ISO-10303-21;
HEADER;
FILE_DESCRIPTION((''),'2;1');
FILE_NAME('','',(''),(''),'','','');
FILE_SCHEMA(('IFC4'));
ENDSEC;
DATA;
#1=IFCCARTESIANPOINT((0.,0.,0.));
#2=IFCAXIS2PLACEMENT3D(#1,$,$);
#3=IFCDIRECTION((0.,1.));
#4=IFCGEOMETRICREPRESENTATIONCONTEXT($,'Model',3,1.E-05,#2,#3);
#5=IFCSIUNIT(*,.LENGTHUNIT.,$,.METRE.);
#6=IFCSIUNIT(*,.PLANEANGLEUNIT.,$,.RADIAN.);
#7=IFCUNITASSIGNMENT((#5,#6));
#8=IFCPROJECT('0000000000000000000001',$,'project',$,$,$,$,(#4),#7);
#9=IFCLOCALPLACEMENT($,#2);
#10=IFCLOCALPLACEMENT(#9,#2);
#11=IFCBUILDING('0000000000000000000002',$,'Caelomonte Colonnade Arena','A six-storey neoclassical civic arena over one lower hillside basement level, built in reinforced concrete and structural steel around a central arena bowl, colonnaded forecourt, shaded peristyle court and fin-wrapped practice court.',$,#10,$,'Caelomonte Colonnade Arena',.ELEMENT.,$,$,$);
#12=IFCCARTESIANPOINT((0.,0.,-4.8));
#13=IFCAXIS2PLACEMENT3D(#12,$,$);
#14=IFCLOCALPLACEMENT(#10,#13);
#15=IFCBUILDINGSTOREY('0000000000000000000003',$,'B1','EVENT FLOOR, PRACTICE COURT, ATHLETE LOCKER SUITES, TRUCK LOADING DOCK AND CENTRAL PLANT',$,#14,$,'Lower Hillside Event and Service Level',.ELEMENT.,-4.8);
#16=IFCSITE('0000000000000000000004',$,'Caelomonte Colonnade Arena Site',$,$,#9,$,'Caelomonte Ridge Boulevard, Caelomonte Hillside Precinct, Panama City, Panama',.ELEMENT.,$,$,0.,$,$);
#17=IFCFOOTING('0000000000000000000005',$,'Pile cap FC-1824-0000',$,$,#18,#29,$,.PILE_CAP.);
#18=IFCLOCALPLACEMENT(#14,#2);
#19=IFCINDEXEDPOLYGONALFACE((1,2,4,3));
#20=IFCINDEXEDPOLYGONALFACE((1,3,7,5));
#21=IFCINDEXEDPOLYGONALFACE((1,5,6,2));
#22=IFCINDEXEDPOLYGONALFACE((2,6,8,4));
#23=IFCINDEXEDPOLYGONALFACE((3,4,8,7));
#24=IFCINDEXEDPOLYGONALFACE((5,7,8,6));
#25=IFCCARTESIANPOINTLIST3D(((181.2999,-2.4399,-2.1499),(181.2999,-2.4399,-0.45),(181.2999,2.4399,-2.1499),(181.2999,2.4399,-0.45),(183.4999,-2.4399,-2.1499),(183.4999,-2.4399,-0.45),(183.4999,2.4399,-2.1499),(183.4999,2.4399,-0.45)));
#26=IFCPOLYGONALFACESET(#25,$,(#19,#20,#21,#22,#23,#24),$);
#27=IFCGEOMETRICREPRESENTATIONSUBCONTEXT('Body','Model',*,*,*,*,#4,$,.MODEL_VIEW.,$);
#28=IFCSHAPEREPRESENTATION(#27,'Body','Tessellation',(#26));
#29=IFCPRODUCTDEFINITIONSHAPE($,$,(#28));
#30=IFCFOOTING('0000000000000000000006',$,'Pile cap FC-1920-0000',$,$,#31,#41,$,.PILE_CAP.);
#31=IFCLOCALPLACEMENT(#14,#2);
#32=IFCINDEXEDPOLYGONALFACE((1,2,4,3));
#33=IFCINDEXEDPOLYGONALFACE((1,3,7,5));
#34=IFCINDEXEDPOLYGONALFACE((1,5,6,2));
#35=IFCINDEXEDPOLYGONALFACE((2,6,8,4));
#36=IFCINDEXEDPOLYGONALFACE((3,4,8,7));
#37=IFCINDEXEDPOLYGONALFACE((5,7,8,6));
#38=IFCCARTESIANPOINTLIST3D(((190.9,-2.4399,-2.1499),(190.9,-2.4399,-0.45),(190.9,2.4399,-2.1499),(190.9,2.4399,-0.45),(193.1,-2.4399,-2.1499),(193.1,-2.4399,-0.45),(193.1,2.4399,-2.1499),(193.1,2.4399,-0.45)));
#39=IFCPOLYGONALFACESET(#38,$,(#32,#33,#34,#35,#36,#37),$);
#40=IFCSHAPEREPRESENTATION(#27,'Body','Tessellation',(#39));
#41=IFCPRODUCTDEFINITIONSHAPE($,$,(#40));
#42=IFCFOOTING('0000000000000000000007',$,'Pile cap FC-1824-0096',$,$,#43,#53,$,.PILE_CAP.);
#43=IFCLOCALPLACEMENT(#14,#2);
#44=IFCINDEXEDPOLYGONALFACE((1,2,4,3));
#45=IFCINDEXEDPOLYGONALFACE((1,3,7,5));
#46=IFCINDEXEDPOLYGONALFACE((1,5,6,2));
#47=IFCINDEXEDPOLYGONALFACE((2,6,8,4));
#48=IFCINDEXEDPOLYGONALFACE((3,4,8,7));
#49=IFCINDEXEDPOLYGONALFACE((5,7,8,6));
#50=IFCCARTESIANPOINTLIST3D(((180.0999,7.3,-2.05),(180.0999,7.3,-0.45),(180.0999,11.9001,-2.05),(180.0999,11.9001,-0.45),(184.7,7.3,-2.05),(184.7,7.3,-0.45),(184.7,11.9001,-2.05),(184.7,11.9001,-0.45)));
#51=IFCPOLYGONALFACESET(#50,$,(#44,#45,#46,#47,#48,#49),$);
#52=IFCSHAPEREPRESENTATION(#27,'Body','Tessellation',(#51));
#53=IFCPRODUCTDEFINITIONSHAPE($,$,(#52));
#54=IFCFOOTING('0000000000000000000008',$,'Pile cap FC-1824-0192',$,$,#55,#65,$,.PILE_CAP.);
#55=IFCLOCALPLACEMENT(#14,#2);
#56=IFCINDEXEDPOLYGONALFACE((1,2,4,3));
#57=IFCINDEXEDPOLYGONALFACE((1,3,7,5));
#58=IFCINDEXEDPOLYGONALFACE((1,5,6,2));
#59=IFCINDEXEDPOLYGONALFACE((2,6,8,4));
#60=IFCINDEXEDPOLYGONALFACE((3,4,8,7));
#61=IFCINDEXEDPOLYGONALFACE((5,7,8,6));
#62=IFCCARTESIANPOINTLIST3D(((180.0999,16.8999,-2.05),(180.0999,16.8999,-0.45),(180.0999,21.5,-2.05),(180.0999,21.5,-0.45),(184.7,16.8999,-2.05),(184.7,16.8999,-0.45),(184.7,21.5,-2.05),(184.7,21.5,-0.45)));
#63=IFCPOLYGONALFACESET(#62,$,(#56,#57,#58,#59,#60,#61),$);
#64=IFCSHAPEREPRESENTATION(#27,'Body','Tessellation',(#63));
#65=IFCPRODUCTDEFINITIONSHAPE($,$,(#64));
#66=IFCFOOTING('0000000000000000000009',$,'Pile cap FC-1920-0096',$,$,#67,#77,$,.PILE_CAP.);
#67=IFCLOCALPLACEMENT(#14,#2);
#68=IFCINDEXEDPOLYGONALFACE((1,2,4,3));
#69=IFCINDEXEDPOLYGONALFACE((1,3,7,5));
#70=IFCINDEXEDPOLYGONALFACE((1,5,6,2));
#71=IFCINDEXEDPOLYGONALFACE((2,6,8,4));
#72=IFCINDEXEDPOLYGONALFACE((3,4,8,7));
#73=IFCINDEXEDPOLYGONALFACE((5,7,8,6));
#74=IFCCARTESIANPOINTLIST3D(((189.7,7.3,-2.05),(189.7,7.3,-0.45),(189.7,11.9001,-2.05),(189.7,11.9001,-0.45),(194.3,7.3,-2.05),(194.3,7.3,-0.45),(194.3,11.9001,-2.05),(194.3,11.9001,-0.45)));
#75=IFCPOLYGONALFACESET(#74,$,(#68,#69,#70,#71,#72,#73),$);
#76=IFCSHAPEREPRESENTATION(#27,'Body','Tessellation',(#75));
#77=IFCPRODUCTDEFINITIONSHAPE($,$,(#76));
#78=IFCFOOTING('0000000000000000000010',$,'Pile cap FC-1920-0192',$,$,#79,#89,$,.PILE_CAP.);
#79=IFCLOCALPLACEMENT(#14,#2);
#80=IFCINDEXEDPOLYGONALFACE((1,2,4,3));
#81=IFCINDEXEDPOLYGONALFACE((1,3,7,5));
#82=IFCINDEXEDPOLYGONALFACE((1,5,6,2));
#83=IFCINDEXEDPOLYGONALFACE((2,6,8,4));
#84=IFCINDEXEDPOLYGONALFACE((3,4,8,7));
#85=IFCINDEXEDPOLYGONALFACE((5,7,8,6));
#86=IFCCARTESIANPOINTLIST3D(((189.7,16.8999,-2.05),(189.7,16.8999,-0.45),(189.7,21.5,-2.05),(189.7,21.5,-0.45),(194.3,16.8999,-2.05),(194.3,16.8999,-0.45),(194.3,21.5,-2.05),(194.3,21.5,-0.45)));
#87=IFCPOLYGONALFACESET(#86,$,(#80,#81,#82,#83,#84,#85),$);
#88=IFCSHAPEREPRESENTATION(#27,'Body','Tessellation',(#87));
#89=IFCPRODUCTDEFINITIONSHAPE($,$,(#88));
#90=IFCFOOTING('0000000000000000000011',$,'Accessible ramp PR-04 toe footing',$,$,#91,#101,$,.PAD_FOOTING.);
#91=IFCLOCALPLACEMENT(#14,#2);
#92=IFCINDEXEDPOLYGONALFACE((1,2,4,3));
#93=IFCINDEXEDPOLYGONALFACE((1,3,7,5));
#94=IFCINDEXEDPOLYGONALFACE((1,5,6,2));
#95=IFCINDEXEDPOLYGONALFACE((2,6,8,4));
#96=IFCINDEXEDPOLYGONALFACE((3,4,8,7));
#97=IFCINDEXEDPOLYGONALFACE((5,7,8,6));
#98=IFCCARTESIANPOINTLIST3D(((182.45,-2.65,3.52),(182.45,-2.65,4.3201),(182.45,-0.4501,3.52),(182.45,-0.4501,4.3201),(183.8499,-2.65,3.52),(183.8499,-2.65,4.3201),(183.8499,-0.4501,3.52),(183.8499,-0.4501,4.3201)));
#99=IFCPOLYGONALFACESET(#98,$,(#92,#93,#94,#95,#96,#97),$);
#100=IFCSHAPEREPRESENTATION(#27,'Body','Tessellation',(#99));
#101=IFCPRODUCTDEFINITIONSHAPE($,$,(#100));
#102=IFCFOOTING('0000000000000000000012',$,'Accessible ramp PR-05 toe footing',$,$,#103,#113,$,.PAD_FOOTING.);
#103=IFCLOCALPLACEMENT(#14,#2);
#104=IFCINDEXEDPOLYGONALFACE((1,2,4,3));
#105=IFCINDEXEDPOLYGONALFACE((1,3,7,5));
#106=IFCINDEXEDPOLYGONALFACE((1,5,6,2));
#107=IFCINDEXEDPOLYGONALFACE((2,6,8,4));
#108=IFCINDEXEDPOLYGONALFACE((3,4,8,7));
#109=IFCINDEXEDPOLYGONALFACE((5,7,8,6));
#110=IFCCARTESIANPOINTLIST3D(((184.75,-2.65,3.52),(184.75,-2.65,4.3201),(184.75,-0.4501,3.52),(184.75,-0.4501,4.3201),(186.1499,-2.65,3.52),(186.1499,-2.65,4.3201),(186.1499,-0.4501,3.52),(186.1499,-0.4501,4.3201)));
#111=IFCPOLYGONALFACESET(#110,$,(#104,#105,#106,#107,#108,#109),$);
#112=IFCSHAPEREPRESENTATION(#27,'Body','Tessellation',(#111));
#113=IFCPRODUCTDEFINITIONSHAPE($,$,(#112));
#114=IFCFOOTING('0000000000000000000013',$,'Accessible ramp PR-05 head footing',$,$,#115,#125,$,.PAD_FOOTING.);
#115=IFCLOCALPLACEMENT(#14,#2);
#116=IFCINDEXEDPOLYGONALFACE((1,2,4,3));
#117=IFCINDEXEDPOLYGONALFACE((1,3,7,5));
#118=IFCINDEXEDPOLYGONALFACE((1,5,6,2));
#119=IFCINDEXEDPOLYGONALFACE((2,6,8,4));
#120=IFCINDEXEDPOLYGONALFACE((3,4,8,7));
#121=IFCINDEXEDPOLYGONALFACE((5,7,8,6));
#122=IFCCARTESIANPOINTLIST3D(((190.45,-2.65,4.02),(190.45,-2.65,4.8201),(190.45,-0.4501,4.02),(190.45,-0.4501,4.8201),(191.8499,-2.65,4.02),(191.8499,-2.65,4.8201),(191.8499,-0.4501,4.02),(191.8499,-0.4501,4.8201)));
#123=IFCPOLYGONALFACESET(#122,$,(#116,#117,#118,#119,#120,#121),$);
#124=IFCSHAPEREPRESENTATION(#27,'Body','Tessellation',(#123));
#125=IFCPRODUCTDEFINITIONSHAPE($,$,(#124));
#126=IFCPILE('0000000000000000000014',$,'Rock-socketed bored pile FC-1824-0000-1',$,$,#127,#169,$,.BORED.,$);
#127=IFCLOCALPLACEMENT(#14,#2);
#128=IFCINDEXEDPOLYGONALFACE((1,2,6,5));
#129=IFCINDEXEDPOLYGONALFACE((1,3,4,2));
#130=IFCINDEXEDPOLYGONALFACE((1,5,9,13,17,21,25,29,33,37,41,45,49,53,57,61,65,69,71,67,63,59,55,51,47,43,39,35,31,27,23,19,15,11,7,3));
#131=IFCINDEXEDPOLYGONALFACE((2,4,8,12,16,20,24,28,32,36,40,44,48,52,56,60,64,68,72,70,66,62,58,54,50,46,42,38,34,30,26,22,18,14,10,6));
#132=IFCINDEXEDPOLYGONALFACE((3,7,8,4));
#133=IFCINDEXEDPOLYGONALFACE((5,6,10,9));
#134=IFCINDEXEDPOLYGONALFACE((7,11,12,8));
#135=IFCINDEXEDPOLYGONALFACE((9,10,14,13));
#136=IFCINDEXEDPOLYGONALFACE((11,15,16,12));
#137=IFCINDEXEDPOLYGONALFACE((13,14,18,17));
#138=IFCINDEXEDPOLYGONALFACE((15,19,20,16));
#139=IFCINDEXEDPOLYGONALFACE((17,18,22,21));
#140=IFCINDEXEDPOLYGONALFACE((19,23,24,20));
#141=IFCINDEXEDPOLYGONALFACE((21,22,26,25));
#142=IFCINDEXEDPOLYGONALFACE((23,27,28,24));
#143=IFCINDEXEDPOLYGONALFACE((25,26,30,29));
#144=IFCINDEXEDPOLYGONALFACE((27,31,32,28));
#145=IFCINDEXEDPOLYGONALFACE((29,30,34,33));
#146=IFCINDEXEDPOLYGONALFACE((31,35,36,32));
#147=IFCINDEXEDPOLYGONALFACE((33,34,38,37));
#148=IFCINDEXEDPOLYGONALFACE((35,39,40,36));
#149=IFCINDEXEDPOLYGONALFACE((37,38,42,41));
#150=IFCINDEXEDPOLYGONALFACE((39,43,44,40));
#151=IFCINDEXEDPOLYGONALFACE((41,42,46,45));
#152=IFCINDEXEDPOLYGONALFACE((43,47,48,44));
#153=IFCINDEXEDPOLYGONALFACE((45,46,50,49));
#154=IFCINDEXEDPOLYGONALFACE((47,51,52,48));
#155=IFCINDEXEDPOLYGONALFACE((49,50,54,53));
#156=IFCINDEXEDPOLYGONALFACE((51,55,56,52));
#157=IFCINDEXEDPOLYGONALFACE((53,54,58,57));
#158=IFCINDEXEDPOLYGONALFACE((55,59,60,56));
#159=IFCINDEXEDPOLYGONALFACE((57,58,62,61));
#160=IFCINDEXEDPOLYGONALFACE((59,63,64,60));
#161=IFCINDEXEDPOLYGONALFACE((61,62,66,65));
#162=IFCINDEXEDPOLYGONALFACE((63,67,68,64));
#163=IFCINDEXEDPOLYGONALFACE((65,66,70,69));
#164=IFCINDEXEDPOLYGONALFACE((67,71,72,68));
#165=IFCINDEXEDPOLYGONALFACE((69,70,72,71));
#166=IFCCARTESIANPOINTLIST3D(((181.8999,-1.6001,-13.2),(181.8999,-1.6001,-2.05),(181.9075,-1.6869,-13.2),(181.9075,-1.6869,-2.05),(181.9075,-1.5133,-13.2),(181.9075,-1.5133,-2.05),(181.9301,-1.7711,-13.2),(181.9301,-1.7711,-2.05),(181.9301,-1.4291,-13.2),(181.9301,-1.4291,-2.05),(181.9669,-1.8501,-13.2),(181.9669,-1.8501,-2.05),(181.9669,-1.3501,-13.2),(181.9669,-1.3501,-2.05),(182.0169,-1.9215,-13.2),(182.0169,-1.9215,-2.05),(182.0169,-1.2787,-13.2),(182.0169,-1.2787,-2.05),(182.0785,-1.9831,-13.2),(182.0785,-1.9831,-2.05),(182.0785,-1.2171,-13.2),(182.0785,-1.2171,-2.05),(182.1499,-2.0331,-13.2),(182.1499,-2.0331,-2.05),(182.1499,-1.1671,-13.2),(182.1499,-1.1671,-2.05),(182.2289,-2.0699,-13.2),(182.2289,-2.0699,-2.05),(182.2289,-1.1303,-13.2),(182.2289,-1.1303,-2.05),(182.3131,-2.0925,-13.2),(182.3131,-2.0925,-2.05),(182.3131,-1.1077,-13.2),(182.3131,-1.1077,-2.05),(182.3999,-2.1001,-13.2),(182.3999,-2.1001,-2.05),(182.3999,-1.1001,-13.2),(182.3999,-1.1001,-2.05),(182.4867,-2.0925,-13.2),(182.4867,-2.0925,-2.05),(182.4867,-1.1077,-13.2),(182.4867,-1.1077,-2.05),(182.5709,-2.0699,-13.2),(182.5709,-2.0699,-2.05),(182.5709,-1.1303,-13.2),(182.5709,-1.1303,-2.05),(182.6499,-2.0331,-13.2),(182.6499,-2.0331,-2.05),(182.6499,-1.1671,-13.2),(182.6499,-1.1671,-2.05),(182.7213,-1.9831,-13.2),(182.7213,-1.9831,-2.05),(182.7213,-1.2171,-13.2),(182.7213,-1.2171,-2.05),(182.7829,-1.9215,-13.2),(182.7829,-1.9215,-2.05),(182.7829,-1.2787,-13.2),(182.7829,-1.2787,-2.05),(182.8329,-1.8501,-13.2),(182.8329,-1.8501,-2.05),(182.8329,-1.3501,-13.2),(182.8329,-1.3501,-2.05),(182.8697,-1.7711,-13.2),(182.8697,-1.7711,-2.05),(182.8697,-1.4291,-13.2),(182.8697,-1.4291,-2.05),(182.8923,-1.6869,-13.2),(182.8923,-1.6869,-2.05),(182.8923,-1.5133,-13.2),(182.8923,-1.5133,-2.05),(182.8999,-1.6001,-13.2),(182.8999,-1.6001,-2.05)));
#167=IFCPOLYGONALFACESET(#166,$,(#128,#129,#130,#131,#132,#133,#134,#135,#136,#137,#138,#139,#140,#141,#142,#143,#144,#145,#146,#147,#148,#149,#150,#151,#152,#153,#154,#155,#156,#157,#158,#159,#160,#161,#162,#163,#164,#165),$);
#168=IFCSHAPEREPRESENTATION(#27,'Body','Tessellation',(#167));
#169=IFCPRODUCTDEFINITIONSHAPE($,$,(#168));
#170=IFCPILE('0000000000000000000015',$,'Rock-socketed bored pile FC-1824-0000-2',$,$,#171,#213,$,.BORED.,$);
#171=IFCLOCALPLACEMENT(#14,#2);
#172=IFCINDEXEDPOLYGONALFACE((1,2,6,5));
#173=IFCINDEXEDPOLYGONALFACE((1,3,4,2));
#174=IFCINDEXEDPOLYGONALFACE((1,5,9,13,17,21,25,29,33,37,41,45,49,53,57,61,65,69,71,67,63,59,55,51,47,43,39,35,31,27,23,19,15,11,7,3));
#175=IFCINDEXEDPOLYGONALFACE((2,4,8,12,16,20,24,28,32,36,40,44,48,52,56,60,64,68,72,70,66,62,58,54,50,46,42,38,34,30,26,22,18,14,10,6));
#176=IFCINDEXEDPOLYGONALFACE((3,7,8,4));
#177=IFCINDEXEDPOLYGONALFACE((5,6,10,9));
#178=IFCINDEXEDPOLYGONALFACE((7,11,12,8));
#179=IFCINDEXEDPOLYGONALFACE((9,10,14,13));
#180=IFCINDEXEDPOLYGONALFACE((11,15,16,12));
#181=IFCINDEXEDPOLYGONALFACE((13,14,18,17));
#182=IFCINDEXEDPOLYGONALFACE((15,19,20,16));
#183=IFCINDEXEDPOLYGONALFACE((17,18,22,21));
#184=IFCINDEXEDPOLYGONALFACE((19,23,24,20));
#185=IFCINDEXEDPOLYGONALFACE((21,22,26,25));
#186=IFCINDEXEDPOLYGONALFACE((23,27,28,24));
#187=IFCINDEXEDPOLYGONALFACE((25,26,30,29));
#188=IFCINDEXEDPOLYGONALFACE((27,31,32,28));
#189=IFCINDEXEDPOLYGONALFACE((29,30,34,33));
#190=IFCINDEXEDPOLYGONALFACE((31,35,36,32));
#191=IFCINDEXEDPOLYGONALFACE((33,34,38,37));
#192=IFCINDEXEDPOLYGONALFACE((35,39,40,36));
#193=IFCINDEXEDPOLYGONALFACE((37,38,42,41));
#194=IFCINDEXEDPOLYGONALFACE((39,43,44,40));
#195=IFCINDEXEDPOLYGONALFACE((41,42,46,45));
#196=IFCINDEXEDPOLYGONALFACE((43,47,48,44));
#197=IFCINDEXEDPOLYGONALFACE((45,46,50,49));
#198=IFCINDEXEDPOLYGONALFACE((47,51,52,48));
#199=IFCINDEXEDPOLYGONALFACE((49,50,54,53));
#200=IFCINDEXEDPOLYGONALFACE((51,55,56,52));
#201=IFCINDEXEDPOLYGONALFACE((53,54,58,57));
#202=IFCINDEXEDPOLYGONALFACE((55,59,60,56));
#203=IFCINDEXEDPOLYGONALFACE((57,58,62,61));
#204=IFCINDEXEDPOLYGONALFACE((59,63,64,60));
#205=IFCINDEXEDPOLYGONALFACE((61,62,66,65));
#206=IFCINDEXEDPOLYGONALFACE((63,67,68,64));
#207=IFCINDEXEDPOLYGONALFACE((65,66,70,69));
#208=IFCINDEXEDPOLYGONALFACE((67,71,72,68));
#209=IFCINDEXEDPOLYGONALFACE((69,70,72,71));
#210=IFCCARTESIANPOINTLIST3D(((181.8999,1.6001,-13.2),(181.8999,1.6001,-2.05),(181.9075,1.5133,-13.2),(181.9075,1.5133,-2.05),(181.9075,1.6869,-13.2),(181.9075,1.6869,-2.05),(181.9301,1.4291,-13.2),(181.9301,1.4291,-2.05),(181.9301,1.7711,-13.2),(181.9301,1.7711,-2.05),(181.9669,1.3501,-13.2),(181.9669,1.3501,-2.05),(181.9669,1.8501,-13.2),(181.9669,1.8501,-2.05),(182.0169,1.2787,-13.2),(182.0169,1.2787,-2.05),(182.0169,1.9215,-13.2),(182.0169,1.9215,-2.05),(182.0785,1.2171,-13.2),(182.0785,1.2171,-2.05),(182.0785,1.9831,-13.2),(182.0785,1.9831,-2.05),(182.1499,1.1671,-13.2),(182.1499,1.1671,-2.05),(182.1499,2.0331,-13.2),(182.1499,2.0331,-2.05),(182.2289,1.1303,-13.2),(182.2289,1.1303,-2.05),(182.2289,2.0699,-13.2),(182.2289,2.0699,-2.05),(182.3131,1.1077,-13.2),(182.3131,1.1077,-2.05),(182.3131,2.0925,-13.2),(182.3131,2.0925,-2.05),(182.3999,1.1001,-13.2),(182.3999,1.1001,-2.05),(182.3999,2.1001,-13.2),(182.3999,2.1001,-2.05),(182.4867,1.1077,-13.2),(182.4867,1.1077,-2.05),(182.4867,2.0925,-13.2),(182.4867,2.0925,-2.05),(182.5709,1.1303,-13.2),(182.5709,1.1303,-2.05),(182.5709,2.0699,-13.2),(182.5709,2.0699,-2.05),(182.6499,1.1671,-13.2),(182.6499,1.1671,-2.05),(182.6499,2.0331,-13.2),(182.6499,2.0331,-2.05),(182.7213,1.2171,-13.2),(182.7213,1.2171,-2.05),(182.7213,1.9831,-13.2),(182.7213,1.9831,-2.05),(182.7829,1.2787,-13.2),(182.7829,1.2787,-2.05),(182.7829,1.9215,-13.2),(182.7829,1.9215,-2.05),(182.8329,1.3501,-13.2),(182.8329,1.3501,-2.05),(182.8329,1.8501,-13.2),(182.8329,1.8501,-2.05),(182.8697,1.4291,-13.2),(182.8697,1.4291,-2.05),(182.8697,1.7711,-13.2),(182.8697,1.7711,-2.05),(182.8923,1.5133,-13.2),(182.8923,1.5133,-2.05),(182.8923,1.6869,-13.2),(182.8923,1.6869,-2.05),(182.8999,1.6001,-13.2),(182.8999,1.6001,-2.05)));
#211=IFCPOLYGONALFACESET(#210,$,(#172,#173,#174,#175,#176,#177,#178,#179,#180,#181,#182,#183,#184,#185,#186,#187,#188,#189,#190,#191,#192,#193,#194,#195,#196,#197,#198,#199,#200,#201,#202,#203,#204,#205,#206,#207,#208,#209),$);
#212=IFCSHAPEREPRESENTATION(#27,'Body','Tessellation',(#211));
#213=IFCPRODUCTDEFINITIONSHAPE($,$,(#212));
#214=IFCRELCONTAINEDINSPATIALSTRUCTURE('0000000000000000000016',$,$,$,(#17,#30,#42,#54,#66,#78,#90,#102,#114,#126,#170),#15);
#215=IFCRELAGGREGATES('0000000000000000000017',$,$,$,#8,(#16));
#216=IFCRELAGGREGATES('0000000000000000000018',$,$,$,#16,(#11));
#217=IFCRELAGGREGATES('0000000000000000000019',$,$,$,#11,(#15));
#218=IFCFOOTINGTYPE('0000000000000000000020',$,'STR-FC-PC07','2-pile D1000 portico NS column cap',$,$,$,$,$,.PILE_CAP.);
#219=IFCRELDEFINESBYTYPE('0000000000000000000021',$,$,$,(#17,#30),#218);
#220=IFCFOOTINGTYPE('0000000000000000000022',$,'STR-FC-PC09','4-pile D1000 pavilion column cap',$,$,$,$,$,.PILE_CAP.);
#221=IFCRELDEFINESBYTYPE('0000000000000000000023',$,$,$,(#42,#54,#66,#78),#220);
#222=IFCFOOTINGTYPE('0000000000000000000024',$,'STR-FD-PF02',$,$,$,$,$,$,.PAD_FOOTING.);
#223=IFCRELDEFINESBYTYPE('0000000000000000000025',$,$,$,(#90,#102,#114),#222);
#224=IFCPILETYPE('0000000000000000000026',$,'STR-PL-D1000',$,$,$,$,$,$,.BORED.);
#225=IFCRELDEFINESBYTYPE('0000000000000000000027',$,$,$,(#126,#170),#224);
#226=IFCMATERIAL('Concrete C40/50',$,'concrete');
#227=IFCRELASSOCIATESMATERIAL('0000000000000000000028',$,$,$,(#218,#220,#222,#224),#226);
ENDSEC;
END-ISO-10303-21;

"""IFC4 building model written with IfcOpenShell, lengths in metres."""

from ifc_helpers import new_model, si_unit, direction, frame, origin, origin_2d, place, context, subcontext, project, spatial, rectangle, circle, extrude, material, material_profile, profile_set, type_object, element, save


model = new_model("IFC4")

# Units and contexts
model_context = context("Model", 3, precision=1e-05, world=origin(), true_north=direction((0.0, 1.0)))
body_context = subcontext(model_context, "Body", "Model", "MODEL_VIEW")
ifc_project = project(units=[si_unit("LENGTHUNIT", "METRE"), si_unit("PLANEANGLEUNIT", "RADIAN")], contexts=[model_context])

# Site, building, storey
site_placement = place(None, origin())
site = spatial("IfcSite", under=ifc_project, at=site_placement, Name="Caelomonte Colonnade Arena Site", LongName="Caelomonte Ridge Boulevard, Caelomonte Hillside Precinct, Panama City, Panama", CompositionType="ELEMENT", RefElevation=0.0)
building_placement = place(site_placement, origin())
building = spatial("IfcBuilding", under=site, at=building_placement, Name="Caelomonte Colonnade Arena", Description="A six-storey neoclassical civic arena over one lower hillside basement level, built in reinforced concrete and structural steel around a central arena bowl, colonnaded forecourt, shaded peristyle court and fin-wrapped practice court.", LongName="Caelomonte Colonnade Arena", CompositionType="ELEMENT")
storey_placement = place(building_placement, frame((0.0, 0.0, -4.8)))
storey = spatial("IfcBuildingStorey", under=building, at=storey_placement, Name="B1", Description="EVENT FLOOR, PRACTICE COURT, ATHLETE LOCKER SUITES, TRUCK LOADING DOCK AND CENTRAL PLANT", LongName="Lower Hillside Event and Service Level", CompositionType="ELEMENT", Elevation=-4.8)

# Footings
ifc_material_1 = material(Name="Concrete C40/50", Category="concrete")
footing_type_1 = type_object("IfcFootingType", Name="STR-FC-PC07", Description="2-pile D1000 portico NS column cap", PredefinedType="PILE_CAP", material=ifc_material_1)
for number, where, z_axis, x_axis, name in (
    (1, (182.3999, 0.0, -2.1499), (0.0, 0.0, 1.0), (1.0, 0.0, 0.0), "Pile cap FC-1824-0000"),
    (2, (192.0, 0.0, -2.1499), (0.0, 0.0, 1.0), (1.0, 0.0, 0.0), "Pile cap FC-1920-0000"),
):
    element("IfcFooting", number, at=place(storey_placement, frame(where, z_axis=z_axis, x_axis=x_axis)), inside=storey, type_object=footing_type_1, Name=name, PredefinedType="PILE_CAP", context=body_context, shape_type="SweptSolid", body=[
        extrude(rectangle(XDim=2.2, YDim=4.8799, at=origin_2d()), origin(), (0.0, 0.0, 1.0), 1.7),
    ])
footing_type_2 = type_object("IfcFootingType", Name="STR-FC-PC09", Description="4-pile D1000 pavilion column cap", PredefinedType="PILE_CAP", material=ifc_material_1)
for number, where, z_axis, x_axis, name in (
    (3, (182.3999, 9.6001, -2.05), (0.0, 0.0, 1.0), (1.0, 0.0, 0.0), "Pile cap FC-1824-0096"),
    (4, (182.3999, 19.2, -2.05), (0.0, 0.0, 1.0), (1.0, 0.0, 0.0), "Pile cap FC-1824-0192"),
    (5, (192.0, 9.6001, -2.05), (0.0, 0.0, 1.0), (1.0, 0.0, 0.0), "Pile cap FC-1920-0096"),
    (6, (192.0, 19.2, -2.05), (0.0, 0.0, 1.0), (1.0, 0.0, 0.0), "Pile cap FC-1920-0192"),
):
    element("IfcFooting", number, at=place(storey_placement, frame(where, z_axis=z_axis, x_axis=x_axis)), inside=storey, type_object=footing_type_2, Name=name, PredefinedType="PILE_CAP", context=body_context, shape_type="SweptSolid", body=[
        extrude(rectangle(XDim=4.6001, YDim=4.6001, at=origin_2d()), origin(), (0.0, 0.0, 1.0), 1.6001),
    ])
footing_type_3 = type_object("IfcFootingType", Name="STR-FD-PF02", PredefinedType="PAD_FOOTING", material=ifc_material_1)
for number, where, z_axis, x_axis, name in (
    (7, (183.1499, -1.55, 3.52), (0.0, 0.0, 1.0), (1.0, 0.0, 0.0), "Accessible ramp PR-04 toe footing"),
    (8, (185.45, -1.55, 3.52), (0.0, 0.0, 1.0), (1.0, 0.0, 0.0), "Accessible ramp PR-05 toe footing"),
    (9, (191.1499, -1.55, 4.02), (0.0, 0.0, 1.0), (1.0, 0.0, 0.0), "Accessible ramp PR-05 head footing"),
):
    element("IfcFooting", number, at=place(storey_placement, frame(where, z_axis=z_axis, x_axis=x_axis)), inside=storey, type_object=footing_type_3, Name=name, PredefinedType="PAD_FOOTING", context=body_context, shape_type="SweptSolid", body=[
        extrude(rectangle(XDim=1.3999, YDim=2.2, at=origin_2d()), origin(), (0.0, 0.0, 1.0), 0.8),
    ])

# Piles
ifc_material_profile_1 = material_profile(ifc_material_1, circle(Radius=0.5, at=origin_2d()), Name="PILE-D1000")
ifc_profile_set_1 = profile_set([ifc_material_profile_1], Name="Concrete C40/50")
pile_type = type_object("IfcPileType", Name="STR-PL-D1000", PredefinedType="BORED", material=ifc_profile_set_1)
for number, where, z_axis, x_axis, name in (
    (10, (182.3999, -1.6001, -2.05), (0.0, 0.0, -1.0), (1.0, 0.0, 0.0), "Rock-socketed bored pile FC-1824-0000-1"),
    (11, (182.3999, 1.6001, -2.05), (0.0, 0.0, -1.0), (1.0, 0.0, 0.0), "Rock-socketed bored pile FC-1824-0000-2"),
):
    element("IfcPile", number, at=place(storey_placement, frame(where, z_axis=z_axis, x_axis=x_axis)), inside=storey, type_object=pile_type, Name=name, PredefinedType="BORED", context=body_context, shape_type="SweptSolid", body=[
        extrude(circle(Radius=0.5, at=origin_2d()), origin(), (0.0, 0.0, 1.0), 11.1499),
    ])

save(model, "model.ifc")
